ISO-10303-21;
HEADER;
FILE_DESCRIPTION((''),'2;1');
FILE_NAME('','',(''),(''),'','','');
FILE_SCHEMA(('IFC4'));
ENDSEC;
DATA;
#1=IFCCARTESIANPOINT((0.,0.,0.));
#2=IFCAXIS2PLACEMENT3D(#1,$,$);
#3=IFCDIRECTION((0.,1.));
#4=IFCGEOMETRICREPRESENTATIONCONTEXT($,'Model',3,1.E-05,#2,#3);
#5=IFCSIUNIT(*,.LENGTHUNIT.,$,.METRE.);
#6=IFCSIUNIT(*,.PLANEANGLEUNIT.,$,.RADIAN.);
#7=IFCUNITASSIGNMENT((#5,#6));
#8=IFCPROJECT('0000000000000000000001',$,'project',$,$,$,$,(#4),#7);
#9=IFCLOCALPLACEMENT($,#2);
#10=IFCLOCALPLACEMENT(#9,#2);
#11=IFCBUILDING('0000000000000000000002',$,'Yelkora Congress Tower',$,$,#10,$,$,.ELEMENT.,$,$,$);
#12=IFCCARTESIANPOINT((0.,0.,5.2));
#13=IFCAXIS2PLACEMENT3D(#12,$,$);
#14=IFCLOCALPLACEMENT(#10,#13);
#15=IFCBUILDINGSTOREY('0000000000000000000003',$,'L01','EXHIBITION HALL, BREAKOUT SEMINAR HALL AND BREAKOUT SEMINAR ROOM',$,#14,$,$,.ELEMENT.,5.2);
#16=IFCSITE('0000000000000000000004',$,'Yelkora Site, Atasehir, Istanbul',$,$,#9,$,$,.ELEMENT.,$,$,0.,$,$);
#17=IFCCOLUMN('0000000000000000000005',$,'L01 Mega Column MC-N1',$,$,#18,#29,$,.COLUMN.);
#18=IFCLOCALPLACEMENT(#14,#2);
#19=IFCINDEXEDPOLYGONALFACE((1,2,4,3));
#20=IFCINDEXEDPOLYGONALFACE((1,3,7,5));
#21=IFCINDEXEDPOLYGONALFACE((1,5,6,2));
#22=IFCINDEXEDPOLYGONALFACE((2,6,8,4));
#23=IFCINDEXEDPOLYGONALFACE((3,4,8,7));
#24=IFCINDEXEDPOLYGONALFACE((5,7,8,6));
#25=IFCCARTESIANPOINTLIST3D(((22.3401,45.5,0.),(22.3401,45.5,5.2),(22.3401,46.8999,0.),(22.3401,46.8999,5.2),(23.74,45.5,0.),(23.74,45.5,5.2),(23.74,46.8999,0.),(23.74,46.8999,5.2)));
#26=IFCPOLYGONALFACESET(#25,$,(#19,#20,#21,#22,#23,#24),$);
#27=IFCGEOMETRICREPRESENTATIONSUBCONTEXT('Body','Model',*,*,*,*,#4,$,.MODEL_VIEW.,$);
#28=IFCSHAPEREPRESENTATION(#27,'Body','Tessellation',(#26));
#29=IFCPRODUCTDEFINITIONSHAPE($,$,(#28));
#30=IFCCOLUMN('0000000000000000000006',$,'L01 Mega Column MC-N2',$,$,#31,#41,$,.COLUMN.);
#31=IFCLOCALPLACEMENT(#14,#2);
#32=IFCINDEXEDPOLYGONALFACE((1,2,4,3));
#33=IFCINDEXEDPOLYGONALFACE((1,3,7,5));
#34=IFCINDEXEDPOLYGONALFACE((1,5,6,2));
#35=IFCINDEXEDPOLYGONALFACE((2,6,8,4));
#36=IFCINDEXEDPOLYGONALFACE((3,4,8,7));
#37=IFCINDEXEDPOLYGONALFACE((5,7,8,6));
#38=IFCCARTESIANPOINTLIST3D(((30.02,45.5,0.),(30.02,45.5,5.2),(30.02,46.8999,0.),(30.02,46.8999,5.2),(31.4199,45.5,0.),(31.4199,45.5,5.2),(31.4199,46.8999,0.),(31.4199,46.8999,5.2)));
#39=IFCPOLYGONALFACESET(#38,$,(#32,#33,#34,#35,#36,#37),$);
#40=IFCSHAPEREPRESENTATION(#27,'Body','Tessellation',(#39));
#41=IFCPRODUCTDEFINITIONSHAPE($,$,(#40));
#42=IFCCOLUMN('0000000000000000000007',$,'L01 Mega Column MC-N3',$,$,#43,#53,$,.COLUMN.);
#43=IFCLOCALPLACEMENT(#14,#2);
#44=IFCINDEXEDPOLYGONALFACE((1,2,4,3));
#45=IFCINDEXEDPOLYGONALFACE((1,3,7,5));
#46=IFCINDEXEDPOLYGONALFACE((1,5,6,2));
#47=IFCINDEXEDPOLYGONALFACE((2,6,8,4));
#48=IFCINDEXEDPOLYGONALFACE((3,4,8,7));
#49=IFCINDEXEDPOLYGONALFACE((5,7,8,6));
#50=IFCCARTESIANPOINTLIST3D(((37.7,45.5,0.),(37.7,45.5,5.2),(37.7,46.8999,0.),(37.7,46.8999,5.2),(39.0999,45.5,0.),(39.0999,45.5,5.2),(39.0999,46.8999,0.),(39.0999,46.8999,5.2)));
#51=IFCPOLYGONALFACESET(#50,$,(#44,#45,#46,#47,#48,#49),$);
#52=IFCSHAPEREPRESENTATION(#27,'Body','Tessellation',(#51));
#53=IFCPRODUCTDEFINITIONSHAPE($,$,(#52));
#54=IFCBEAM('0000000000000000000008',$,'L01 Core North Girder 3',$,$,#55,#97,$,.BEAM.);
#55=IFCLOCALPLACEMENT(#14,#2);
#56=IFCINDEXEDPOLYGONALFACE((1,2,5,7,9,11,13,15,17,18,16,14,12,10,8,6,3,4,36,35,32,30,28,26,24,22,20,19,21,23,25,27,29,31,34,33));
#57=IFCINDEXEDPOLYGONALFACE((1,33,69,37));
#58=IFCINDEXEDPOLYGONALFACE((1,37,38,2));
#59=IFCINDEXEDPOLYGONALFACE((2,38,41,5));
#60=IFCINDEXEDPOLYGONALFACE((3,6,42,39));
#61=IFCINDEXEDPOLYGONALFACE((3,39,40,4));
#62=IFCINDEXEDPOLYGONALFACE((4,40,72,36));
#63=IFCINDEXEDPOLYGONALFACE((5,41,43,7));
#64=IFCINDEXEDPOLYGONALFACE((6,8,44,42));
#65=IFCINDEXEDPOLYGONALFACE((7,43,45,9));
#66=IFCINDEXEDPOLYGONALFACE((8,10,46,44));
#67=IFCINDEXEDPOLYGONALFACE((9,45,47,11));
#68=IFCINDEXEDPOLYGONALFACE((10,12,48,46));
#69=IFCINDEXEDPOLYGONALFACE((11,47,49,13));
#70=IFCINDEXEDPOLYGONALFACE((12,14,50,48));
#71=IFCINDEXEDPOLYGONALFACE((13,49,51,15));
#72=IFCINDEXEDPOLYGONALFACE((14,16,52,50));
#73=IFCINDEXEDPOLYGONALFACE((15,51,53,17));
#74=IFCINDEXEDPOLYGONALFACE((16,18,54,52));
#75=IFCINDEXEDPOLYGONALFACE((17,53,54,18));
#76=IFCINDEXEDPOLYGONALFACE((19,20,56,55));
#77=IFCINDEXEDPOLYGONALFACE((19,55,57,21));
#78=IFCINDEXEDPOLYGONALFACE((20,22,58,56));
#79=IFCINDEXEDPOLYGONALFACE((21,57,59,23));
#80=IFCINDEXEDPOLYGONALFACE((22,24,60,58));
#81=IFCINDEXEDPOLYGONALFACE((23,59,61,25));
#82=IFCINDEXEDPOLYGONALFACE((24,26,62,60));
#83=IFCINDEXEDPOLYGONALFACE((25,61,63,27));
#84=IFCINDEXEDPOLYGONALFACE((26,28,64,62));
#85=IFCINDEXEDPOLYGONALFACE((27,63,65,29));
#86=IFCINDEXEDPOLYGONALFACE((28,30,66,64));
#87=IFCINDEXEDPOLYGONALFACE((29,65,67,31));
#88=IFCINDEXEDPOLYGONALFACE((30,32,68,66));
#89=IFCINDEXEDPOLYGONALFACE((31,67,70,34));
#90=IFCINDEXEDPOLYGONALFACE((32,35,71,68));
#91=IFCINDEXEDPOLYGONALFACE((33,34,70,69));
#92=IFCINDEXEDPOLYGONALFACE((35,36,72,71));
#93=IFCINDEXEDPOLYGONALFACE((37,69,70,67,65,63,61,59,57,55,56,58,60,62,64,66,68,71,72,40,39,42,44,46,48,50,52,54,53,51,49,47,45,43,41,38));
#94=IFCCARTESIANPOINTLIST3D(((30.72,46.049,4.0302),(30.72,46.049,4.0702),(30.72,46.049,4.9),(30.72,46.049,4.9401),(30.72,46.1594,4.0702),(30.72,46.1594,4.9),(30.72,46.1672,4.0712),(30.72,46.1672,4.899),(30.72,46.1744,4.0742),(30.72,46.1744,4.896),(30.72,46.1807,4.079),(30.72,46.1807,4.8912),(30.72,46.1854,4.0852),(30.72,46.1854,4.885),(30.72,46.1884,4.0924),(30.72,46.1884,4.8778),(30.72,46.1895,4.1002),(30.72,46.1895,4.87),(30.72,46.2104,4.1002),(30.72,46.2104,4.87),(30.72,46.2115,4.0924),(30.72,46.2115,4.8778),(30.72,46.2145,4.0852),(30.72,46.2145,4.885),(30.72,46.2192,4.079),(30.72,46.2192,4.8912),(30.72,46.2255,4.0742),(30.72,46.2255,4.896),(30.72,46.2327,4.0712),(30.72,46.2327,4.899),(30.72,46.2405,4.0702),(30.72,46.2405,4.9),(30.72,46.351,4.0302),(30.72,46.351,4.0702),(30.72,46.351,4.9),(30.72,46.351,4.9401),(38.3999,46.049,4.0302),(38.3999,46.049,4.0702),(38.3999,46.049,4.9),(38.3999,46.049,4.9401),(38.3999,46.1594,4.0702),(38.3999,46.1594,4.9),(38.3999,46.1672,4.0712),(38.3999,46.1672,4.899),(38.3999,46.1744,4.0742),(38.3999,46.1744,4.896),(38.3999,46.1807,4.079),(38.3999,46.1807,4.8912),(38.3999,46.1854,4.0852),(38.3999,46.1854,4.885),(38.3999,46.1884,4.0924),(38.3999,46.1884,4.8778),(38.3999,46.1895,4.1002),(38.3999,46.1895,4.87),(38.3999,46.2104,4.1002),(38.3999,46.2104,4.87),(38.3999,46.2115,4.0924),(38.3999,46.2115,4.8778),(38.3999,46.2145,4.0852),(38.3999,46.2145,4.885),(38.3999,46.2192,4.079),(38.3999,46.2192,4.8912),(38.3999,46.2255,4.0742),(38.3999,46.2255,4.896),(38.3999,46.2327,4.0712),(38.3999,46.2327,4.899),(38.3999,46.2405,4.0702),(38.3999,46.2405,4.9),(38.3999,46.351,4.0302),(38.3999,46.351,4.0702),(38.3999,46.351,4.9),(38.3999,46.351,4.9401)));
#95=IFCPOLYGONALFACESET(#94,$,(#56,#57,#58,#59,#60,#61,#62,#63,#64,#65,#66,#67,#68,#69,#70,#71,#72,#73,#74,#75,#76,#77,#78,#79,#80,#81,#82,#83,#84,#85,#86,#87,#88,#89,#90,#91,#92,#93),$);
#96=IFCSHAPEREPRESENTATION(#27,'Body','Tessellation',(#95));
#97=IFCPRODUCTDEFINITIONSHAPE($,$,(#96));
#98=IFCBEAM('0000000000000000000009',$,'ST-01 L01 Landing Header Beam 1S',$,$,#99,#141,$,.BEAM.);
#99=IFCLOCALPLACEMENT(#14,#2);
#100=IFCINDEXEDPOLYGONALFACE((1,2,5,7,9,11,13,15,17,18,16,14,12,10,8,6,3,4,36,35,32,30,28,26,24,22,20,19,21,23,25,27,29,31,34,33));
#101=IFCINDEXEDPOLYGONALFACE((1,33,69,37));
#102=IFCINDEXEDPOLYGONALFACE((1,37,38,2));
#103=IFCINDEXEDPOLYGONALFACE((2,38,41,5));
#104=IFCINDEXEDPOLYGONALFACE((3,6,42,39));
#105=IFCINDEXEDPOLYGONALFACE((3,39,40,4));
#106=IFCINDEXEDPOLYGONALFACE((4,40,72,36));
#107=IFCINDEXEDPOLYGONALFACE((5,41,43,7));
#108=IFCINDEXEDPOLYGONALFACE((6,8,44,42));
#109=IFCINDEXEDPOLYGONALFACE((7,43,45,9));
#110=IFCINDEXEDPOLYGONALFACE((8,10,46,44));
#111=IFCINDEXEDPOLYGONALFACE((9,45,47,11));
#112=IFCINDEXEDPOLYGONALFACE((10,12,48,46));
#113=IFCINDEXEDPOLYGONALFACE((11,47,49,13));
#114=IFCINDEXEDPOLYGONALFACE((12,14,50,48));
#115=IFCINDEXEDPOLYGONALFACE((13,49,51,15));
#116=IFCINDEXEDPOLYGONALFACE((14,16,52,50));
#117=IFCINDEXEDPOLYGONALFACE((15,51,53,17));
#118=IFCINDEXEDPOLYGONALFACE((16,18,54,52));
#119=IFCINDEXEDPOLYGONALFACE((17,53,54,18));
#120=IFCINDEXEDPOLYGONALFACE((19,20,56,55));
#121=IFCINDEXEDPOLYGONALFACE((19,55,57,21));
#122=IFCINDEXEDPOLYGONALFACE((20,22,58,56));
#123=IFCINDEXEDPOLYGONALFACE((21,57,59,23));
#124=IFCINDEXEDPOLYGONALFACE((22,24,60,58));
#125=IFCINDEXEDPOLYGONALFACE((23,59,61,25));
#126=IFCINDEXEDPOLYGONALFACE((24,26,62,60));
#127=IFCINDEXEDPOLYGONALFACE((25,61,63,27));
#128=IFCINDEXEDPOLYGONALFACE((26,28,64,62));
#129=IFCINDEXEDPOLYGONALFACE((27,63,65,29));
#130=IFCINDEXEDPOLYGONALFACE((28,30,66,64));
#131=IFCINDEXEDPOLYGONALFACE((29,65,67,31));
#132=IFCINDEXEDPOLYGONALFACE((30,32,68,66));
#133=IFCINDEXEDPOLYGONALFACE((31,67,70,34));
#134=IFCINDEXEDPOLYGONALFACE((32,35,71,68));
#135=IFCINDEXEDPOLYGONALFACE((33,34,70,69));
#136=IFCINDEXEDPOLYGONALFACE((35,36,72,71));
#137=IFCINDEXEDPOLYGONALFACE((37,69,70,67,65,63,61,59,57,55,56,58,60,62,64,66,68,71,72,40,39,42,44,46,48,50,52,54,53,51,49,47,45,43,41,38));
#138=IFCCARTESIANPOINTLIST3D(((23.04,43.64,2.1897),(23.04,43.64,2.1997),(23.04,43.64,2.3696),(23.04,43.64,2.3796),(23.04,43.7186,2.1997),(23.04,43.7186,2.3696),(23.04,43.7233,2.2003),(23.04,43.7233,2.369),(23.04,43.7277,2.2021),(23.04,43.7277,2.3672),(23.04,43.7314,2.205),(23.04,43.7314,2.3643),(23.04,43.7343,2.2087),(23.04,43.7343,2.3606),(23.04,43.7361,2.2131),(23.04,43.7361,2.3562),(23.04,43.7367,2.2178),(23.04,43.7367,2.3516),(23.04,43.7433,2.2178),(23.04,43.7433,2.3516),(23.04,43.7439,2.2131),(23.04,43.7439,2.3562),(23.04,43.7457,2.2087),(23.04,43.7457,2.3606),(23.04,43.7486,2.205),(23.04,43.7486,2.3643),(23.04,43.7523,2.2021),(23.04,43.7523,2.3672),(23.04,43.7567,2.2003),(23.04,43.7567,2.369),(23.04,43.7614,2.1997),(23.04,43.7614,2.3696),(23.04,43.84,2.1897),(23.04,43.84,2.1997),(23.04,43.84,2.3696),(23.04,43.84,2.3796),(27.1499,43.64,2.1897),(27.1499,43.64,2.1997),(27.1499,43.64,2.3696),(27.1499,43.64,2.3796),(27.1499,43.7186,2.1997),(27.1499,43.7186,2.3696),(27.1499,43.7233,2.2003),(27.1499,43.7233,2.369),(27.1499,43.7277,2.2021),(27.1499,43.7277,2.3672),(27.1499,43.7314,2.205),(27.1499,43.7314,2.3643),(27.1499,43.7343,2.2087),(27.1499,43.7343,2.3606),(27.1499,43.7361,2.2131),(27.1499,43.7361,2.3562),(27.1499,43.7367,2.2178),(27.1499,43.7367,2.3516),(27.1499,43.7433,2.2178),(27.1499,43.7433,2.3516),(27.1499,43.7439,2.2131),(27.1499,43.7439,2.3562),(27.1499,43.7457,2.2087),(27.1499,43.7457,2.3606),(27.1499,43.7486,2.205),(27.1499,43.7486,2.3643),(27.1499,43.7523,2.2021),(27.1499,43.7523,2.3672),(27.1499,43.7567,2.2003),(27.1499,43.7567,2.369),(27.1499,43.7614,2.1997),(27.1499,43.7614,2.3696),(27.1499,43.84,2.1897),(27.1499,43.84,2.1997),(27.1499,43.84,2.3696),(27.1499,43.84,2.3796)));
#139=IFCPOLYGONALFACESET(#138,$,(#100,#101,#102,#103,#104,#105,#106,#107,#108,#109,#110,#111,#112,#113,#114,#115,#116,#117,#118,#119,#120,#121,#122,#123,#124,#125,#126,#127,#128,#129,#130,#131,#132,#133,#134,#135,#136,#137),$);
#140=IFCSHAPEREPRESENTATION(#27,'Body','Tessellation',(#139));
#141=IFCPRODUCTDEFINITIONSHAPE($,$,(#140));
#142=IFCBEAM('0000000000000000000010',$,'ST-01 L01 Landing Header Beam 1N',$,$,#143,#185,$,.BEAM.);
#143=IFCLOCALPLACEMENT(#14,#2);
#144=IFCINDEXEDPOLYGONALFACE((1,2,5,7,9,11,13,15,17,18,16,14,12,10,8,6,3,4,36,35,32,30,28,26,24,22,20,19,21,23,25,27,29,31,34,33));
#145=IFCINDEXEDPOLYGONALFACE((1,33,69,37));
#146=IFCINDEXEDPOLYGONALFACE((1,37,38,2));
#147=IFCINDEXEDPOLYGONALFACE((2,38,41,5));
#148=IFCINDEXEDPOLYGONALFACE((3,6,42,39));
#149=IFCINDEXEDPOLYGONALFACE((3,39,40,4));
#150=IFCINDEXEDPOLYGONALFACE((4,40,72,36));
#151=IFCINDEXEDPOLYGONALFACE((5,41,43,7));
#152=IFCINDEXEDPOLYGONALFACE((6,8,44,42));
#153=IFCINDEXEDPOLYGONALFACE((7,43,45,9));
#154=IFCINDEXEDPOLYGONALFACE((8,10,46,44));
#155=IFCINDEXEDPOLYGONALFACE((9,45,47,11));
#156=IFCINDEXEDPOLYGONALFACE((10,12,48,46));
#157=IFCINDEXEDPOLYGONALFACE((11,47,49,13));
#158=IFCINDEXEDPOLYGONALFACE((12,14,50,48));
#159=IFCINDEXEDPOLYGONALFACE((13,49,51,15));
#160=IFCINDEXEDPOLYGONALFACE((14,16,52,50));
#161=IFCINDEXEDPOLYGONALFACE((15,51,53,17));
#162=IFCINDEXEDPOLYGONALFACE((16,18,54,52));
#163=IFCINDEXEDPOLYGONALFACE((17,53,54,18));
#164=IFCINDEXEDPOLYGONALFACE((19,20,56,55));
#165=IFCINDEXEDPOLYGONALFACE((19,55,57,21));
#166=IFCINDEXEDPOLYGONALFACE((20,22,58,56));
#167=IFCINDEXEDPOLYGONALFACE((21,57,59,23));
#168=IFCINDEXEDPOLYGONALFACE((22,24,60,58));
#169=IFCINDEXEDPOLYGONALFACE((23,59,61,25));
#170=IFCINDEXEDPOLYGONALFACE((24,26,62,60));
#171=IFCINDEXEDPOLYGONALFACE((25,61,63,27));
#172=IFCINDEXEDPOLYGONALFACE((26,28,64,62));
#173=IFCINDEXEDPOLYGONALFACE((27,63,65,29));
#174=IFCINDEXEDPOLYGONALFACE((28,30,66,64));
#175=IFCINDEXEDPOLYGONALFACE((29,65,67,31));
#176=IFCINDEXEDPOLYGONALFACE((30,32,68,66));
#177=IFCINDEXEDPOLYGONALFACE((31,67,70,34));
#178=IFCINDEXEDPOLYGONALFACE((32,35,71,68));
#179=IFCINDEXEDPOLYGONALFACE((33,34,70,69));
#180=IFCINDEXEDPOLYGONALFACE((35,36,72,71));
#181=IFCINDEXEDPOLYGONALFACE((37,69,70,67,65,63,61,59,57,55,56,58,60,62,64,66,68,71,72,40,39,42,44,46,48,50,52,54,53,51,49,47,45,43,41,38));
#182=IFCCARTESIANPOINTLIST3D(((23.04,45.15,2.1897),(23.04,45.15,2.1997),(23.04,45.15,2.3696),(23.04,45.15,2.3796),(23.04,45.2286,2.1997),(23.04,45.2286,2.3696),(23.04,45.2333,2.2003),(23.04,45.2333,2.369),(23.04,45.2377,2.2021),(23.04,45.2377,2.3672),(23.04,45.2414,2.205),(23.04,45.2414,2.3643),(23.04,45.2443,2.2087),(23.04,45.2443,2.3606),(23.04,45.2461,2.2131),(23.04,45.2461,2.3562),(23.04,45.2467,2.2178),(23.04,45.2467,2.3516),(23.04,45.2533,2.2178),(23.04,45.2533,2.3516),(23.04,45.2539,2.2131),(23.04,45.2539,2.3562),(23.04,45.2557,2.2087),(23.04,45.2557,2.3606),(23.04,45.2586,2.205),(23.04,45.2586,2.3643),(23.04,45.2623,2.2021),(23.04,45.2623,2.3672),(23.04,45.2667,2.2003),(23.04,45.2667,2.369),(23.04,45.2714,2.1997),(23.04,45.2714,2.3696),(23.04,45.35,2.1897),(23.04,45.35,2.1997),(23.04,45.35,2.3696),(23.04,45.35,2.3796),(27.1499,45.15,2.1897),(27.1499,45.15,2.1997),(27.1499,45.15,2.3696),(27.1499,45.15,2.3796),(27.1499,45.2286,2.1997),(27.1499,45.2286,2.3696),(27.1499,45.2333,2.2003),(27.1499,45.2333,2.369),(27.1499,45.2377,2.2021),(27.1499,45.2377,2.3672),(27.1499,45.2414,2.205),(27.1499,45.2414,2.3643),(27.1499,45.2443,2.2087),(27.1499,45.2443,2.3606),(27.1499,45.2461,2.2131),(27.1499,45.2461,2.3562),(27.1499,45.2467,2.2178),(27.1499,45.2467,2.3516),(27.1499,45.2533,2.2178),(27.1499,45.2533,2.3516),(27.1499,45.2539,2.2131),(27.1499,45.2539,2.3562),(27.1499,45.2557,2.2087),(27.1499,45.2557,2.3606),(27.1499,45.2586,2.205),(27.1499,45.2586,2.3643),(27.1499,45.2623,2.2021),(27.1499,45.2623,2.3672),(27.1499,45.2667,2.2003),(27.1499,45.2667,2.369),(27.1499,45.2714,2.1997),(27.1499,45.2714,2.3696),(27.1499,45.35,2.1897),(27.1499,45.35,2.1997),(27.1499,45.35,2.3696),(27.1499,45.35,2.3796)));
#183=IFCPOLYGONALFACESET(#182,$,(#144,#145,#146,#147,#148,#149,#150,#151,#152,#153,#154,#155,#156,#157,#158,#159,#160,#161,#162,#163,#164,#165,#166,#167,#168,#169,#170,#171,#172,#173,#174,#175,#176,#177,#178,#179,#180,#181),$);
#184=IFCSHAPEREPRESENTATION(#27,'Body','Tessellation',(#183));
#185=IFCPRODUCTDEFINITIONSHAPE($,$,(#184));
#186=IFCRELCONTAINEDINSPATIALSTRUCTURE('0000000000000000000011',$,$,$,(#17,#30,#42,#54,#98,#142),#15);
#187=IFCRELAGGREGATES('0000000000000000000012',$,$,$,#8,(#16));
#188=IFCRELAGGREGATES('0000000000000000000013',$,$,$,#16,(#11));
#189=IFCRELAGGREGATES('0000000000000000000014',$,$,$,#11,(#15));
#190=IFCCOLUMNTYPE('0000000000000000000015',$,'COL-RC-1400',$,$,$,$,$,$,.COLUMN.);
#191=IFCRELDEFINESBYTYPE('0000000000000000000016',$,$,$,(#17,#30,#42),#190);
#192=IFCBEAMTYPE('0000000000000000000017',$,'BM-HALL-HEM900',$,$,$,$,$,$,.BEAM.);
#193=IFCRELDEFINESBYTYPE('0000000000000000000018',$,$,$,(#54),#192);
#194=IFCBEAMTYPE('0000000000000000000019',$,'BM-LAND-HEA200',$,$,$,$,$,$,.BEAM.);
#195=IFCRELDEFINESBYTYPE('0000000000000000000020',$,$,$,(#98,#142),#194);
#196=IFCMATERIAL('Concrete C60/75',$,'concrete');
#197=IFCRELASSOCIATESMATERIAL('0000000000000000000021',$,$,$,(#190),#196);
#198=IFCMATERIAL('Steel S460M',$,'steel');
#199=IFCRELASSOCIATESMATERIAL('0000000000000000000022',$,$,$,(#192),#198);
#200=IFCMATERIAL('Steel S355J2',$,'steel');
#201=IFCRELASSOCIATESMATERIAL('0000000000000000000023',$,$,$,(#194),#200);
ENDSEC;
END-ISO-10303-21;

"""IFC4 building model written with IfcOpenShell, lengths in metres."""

from ifc_helpers import new_model, si_unit, direction, frame, origin, origin_2d, place, context, subcontext, project, spatial, rectangle, i_section, extrude, material, material_profile, profile_set, type_object, element, save


model = new_model("IFC4")

# Units and contexts
model_context = context("Model", 3, precision=1e-05, world=origin(), true_north=direction((0.0, 1.0)))
body_context = subcontext(model_context, "Body", "Model", "MODEL_VIEW")
ifc_project = project(units=[si_unit("LENGTHUNIT", "METRE"), si_unit("PLANEANGLEUNIT", "RADIAN")], contexts=[model_context])

# Site, building, storey
site_placement = place(None, origin())
site = spatial("IfcSite", under=ifc_project, at=site_placement, Name="Yelkora Site, Atasehir, Istanbul", CompositionType="ELEMENT", RefElevation=0.0)
building_placement = place(site_placement, origin())
building = spatial("IfcBuilding", under=site, at=building_placement, Name="Yelkora Congress Tower", CompositionType="ELEMENT")
storey_placement = place(building_placement, frame((0.0, 0.0, 5.2)))
storey = spatial("IfcBuildingStorey", under=building, at=storey_placement, Name="L01", Description="EXHIBITION HALL, BREAKOUT SEMINAR HALL AND BREAKOUT SEMINAR ROOM", CompositionType="ELEMENT", Elevation=5.2)

# Columns
ifc_material_1 = material(Name="Concrete C60/75", Category="concrete")
ifc_material_profile_1 = material_profile(ifc_material_1, rectangle(XDim=1.3999, YDim=1.3999, at=origin_2d()), Name="RC 1400x1400")
ifc_profile_set_1 = profile_set([ifc_material_profile_1], Name="Concrete C60/75")
column_type = type_object("IfcColumnType", Name="COL-RC-1400", PredefinedType="COLUMN", material=ifc_profile_set_1)
for number, where, z_axis, x_axis, name in (
    (1, (23.04, 46.2, 0.0), (0.0, 0.0, 1.0), (1.0, 0.0, 0.0), "L01 Mega Column MC-N1"),
    (2, (30.72, 46.2, 0.0), (0.0, 0.0, 1.0), (1.0, 0.0, 0.0), "L01 Mega Column MC-N2"),
    (3, (38.3999, 46.2, 0.0), (0.0, 0.0, 1.0), (1.0, 0.0, 0.0), "L01 Mega Column MC-N3"),
):
    element("IfcColumn", number, at=place(storey_placement, frame(where, z_axis=z_axis, x_axis=x_axis)), inside=storey, type_object=column_type, Name=name, PredefinedType="COLUMN", context=body_context, shape_type="SweptSolid", body=[
        extrude(rectangle(XDim=1.3999, YDim=1.3999, at=origin_2d()), origin(), (0.0, 0.0, 1.0), 5.2),
    ])

# Beams
ifc_material_2 = material(Name="Steel S460M", Category="steel")
ifc_material_profile_2 = material_profile(ifc_material_2, i_section(OverallWidth=0.302, OverallDepth=0.9099, WebThickness=0.021, FlangeThickness=0.04, FilletRadius=0.03, at=origin_2d()), Name="HEM 900")
ifc_profile_set_2 = profile_set([ifc_material_profile_2], Name="Steel S460M")
beam_type_1 = type_object("IfcBeamType", Name="BM-HALL-HEM900", PredefinedType="BEAM", material=ifc_profile_set_2)
beam_1_placement = place(storey_placement, frame((30.72, 46.2, 4.4851), z_axis=(1.0, 0.0, 0.0), x_axis=(0.0, 1.0, 0.0)))
element("IfcBeam", 4, at=beam_1_placement, inside=storey, type_object=beam_type_1, Name="L01 Core North Girder 3", PredefinedType="BEAM", context=body_context, shape_type="SweptSolid", body=[
    extrude(i_section(OverallWidth=0.302, OverallDepth=0.9099, WebThickness=0.021, FlangeThickness=0.04, FilletRadius=0.03, at=origin_2d()), origin(), (0.0, 0.0, 1.0), 7.6799),
])
ifc_material_3 = material(Name="Steel S355J2", Category="steel")
ifc_material_profile_3 = material_profile(ifc_material_3, i_section(OverallWidth=0.2, OverallDepth=0.1899, WebThickness=0.0066, FlangeThickness=0.01, FilletRadius=0.0181, at=origin_2d()), Name="HEA 200")
ifc_profile_set_3 = profile_set([ifc_material_profile_3], Name="Steel S355J2")
beam_type_2 = type_object("IfcBeamType", Name="BM-LAND-HEA200", PredefinedType="BEAM", material=ifc_profile_set_3)
for number, where, z_axis, x_axis, name in (
    (5, (23.04, 43.74, 2.2847), (1.0, 0.0, 0.0), (0.0, 1.0, 0.0), "ST-01 L01 Landing Header Beam 1S"),
    (6, (23.04, 45.25, 2.2847), (1.0, 0.0, 0.0), (0.0, 1.0, 0.0), "ST-01 L01 Landing Header Beam 1N"),
):
    element("IfcBeam", number, at=place(storey_placement, frame(where, z_axis=z_axis, x_axis=x_axis)), inside=storey, type_object=beam_type_2, Name=name, PredefinedType="BEAM", context=body_context, shape_type="SweptSolid", body=[
        extrude(i_section(OverallWidth=0.2, OverallDepth=0.1899, WebThickness=0.0066, FlangeThickness=0.01, FilletRadius=0.0181, at=origin_2d()), origin(), (0.0, 0.0, 1.0), 4.1099),
    ])

save(model, "model.ifc")
